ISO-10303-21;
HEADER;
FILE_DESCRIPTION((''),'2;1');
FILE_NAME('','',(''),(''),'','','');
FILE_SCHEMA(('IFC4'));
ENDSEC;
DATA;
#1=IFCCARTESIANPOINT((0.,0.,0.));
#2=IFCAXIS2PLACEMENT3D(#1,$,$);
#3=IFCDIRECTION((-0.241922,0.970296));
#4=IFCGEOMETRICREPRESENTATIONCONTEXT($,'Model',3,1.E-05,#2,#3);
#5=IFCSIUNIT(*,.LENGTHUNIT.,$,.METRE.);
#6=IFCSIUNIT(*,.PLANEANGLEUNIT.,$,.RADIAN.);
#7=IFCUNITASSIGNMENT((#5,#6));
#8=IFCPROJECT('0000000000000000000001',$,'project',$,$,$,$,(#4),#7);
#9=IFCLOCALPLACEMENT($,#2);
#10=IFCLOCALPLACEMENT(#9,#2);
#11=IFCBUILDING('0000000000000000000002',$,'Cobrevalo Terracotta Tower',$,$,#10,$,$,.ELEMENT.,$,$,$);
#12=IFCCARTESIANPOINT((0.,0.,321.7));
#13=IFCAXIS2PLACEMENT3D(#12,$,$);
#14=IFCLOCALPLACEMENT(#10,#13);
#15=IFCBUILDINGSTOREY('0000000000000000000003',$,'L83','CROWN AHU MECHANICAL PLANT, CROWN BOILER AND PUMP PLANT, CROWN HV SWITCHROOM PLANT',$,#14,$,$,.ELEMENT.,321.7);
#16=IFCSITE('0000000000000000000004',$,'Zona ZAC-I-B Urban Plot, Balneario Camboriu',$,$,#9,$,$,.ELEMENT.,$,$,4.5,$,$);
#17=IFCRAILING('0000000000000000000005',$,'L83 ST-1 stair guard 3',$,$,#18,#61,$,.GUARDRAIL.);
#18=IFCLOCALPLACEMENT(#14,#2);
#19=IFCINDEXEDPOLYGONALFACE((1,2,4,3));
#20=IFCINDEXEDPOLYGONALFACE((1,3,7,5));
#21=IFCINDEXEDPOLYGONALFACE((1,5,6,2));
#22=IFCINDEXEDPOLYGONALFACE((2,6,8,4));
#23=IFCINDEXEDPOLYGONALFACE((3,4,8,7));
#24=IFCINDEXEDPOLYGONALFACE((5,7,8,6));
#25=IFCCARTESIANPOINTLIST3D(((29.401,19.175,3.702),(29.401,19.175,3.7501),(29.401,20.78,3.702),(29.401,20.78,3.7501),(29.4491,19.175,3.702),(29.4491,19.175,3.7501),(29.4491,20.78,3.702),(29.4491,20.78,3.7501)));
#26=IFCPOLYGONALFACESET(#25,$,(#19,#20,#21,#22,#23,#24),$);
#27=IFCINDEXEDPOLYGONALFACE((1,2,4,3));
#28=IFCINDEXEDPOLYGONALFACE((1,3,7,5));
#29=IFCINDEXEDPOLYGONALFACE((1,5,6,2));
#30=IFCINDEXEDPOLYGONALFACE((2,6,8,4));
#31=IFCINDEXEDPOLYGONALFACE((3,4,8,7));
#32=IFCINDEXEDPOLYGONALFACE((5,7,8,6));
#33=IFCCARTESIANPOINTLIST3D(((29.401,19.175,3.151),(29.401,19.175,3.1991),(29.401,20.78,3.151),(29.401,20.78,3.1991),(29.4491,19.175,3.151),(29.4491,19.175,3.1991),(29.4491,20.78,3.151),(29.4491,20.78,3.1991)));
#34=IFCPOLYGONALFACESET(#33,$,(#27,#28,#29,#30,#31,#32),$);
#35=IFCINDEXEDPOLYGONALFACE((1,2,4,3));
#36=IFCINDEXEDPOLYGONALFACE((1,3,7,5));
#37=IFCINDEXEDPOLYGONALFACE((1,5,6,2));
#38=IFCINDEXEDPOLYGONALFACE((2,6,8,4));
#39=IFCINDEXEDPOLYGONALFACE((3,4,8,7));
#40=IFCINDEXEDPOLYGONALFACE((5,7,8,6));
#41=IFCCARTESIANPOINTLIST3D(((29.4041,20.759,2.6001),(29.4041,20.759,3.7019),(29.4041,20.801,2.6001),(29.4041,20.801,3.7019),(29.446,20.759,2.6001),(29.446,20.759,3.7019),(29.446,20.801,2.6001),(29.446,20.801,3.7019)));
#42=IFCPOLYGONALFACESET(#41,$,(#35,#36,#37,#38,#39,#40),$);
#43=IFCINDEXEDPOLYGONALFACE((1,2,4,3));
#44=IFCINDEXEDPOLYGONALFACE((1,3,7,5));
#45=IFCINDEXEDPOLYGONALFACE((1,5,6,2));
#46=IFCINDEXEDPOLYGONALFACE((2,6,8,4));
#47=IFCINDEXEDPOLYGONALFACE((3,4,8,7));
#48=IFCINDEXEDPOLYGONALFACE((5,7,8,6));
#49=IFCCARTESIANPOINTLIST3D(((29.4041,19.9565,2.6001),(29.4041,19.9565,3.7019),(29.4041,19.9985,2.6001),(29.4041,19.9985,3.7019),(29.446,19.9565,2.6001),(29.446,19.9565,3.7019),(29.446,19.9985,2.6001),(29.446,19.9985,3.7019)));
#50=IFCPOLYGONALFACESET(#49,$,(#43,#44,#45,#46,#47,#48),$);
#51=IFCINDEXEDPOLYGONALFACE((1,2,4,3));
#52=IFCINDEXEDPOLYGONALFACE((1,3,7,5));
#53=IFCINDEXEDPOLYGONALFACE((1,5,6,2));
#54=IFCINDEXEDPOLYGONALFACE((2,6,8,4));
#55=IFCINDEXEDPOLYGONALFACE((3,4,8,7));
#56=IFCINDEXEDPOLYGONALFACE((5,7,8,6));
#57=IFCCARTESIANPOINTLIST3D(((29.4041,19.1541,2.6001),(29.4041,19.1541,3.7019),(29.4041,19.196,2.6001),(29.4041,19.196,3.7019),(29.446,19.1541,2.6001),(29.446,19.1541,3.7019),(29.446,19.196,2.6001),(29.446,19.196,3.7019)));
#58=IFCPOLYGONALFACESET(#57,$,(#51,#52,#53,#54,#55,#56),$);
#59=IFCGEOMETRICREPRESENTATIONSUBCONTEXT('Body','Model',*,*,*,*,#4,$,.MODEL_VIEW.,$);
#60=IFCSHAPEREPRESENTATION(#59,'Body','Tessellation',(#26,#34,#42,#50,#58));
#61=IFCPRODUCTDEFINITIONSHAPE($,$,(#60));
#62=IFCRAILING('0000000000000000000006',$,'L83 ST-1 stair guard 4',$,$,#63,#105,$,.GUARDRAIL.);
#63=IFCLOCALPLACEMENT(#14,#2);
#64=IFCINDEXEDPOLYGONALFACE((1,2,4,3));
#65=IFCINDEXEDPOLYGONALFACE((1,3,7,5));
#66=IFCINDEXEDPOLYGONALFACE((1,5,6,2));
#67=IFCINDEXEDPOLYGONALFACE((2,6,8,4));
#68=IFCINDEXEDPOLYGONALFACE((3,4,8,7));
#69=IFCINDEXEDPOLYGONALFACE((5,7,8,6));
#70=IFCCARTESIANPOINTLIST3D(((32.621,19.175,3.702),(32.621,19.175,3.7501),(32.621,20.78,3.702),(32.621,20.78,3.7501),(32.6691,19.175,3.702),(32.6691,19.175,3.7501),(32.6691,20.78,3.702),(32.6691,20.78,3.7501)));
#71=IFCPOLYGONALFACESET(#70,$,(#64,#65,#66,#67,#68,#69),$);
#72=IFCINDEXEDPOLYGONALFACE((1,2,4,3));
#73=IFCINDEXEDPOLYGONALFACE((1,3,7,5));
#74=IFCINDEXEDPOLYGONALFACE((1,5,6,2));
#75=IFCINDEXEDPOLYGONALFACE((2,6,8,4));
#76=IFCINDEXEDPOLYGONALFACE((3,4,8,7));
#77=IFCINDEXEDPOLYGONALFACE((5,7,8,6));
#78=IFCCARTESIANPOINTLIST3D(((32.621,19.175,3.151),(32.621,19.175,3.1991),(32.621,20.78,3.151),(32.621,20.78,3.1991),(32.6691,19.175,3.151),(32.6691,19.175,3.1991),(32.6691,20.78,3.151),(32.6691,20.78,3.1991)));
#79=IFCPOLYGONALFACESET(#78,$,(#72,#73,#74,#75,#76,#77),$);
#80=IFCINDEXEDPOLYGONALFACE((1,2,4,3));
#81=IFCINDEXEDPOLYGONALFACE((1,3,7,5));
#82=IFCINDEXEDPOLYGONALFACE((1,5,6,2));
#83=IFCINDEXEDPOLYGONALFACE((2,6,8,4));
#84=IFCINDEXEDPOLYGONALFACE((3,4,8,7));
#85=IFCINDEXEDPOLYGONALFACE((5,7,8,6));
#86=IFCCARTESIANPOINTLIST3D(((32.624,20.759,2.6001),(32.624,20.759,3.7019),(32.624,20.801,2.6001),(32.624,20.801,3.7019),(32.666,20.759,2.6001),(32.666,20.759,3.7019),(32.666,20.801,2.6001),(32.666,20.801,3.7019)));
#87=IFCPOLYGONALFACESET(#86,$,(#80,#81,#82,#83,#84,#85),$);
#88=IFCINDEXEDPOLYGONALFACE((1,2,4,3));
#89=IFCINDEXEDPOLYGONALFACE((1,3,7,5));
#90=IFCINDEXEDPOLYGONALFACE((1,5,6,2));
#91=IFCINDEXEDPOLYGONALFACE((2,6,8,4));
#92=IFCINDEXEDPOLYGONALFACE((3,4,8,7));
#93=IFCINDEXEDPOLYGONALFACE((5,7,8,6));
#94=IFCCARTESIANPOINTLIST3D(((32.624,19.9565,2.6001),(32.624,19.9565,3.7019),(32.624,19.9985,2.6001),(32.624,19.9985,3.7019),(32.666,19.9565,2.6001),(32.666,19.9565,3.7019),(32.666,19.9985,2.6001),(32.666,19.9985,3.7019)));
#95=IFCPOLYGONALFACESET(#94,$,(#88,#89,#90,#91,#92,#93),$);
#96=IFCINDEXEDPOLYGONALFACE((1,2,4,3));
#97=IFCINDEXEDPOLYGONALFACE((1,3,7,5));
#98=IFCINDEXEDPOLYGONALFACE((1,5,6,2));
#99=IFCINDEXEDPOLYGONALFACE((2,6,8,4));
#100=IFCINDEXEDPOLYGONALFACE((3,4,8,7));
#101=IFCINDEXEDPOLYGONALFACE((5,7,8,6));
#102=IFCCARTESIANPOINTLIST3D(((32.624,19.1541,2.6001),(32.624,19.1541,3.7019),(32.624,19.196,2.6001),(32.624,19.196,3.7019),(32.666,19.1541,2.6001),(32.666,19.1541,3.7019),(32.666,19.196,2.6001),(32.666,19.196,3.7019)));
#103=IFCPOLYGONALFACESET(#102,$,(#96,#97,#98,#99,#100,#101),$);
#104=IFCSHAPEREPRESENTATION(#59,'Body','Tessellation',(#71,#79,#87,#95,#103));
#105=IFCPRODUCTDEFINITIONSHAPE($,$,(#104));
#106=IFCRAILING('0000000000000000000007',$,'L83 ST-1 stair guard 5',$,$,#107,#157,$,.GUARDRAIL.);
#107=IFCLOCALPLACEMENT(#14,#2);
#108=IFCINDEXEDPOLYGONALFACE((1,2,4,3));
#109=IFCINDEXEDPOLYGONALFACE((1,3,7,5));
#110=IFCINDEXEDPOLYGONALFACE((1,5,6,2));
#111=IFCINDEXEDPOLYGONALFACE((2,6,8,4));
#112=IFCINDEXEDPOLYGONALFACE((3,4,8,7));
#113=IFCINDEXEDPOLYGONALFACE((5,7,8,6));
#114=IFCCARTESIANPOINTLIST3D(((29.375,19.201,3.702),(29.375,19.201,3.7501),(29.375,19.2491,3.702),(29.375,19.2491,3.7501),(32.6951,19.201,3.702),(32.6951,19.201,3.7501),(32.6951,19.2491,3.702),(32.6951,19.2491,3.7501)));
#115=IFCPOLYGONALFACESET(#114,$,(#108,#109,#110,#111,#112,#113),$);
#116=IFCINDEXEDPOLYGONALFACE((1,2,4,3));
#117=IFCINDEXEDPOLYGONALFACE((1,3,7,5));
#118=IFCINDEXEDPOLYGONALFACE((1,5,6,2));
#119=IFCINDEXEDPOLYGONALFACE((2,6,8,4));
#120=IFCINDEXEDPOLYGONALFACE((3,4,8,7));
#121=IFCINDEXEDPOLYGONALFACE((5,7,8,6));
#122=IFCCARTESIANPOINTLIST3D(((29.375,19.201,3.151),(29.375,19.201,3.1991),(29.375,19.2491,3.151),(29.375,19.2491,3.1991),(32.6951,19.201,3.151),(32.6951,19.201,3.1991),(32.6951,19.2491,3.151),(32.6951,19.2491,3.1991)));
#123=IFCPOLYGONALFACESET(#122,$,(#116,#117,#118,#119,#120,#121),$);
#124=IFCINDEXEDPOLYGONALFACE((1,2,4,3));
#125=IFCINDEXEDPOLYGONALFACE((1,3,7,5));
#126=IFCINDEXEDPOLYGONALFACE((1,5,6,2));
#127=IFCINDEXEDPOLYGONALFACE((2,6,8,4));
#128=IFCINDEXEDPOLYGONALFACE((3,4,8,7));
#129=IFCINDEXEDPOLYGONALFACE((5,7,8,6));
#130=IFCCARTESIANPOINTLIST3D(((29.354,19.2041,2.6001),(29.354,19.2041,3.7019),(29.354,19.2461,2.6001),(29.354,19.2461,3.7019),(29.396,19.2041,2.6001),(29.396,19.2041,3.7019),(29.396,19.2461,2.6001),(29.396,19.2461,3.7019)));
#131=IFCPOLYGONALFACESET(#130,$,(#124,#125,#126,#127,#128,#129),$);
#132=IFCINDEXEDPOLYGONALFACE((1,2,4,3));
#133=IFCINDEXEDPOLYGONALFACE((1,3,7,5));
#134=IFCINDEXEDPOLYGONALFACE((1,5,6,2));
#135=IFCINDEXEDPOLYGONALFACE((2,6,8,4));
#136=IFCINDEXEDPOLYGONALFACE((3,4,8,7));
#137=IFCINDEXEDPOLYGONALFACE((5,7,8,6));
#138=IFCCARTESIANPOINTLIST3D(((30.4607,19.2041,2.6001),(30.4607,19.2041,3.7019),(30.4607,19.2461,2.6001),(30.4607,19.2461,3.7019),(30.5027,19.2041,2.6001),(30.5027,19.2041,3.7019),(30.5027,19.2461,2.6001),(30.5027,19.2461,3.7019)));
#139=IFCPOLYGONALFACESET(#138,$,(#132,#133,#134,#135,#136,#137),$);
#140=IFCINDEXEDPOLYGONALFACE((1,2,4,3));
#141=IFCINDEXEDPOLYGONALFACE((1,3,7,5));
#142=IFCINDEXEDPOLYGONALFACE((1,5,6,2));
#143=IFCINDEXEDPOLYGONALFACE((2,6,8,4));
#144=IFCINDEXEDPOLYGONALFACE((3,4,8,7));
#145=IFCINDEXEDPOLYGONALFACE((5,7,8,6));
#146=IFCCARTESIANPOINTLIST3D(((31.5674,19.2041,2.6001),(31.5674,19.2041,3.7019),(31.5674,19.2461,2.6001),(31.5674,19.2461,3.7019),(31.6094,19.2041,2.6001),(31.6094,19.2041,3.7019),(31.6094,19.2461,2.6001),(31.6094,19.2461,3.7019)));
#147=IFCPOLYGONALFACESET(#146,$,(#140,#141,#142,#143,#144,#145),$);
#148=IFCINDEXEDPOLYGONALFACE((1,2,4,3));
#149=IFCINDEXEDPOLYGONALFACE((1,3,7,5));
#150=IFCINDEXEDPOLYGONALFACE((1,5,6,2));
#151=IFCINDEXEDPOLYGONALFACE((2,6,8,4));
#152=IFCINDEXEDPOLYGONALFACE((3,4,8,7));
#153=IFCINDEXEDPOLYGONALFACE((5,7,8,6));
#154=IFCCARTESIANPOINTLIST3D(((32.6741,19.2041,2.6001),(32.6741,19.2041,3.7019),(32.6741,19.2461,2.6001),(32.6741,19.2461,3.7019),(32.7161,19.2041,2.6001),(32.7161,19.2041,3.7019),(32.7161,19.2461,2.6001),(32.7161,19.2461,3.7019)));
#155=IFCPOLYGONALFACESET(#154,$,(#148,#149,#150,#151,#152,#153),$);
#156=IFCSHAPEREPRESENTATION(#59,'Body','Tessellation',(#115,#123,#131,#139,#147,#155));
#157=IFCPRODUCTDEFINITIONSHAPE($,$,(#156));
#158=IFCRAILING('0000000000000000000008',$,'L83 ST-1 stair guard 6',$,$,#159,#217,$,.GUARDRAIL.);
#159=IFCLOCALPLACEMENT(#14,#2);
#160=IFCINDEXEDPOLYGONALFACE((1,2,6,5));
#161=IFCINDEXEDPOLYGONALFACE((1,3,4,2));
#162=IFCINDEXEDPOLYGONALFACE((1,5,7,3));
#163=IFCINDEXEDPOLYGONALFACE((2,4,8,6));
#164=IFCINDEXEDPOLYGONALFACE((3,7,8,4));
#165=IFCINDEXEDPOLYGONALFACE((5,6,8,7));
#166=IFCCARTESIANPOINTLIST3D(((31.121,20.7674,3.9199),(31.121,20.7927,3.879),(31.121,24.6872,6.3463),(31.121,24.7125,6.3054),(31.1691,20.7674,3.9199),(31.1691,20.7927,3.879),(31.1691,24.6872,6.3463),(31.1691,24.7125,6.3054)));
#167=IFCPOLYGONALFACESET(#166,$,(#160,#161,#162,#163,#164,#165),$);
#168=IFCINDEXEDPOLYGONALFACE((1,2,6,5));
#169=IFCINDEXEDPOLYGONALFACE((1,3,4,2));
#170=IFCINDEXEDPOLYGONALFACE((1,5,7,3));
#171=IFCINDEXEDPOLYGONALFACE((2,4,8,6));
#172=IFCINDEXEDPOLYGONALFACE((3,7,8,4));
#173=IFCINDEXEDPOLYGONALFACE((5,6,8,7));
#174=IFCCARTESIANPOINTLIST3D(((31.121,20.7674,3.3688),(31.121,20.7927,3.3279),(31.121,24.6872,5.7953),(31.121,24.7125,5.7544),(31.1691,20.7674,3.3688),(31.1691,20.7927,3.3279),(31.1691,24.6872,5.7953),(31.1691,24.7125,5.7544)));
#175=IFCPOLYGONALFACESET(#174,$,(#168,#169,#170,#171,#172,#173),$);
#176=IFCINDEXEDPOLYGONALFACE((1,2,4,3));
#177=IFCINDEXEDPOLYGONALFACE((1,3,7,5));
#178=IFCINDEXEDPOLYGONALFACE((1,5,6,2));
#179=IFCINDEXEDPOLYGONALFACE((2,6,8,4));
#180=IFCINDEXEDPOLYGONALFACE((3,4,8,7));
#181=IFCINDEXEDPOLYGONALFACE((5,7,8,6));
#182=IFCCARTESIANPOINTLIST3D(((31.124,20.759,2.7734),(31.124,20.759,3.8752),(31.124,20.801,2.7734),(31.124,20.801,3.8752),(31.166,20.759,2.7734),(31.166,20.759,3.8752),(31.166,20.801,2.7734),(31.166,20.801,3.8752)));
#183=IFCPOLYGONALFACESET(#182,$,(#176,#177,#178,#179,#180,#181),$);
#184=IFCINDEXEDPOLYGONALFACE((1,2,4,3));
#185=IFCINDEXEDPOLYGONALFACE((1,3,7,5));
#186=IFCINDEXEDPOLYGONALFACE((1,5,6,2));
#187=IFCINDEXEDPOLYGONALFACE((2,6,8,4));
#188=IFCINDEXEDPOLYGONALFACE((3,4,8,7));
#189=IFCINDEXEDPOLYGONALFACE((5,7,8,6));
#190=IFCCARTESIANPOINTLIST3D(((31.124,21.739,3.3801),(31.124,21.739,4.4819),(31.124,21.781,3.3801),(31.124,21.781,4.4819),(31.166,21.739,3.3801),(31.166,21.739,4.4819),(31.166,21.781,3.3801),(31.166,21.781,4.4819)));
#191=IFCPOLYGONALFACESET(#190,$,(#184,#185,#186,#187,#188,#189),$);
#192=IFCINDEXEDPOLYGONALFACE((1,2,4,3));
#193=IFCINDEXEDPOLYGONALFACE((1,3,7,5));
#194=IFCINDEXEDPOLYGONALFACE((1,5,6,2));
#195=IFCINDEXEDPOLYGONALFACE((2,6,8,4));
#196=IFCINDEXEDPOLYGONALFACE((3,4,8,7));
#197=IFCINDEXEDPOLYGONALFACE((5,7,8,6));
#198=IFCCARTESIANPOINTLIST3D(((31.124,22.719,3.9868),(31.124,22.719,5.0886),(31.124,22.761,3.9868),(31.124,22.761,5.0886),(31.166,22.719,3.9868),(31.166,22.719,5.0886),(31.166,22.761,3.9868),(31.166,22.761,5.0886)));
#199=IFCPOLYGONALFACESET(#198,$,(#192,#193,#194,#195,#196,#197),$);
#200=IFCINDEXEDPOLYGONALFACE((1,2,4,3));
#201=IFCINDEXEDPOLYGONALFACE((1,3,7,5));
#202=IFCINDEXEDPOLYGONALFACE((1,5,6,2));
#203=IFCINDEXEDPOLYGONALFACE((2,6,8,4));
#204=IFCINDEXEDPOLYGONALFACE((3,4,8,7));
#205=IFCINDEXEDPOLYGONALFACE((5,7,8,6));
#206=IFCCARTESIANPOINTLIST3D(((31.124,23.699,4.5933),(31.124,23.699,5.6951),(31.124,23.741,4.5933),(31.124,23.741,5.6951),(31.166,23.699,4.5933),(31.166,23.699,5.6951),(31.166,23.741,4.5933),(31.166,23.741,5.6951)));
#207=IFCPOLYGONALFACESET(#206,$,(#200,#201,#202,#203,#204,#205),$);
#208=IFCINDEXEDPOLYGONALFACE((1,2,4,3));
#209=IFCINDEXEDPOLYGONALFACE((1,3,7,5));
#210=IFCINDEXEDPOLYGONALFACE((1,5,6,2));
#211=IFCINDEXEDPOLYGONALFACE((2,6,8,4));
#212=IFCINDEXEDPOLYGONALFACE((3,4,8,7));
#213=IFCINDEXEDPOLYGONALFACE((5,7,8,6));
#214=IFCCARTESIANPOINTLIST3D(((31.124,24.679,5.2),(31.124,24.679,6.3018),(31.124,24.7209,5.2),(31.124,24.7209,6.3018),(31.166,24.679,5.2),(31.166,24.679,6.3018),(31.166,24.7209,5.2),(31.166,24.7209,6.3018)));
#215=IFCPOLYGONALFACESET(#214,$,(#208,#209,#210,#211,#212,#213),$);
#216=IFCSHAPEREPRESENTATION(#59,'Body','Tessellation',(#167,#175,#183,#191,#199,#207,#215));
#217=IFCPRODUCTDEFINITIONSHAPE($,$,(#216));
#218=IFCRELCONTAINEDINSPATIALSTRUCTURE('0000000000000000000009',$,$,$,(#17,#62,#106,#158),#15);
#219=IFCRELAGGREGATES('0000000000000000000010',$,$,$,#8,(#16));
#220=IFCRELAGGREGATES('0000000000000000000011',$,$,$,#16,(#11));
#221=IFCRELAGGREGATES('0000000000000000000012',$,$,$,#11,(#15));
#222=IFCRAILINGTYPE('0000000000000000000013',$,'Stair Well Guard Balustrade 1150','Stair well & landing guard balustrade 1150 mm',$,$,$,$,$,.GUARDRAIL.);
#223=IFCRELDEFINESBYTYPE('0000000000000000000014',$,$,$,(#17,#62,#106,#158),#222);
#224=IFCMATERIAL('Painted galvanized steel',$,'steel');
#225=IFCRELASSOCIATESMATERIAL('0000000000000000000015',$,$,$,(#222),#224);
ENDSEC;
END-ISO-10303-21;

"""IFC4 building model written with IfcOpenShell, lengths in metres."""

from ifc_helpers import new_model, si_unit, direction, frame, origin, origin_2d, place, context, subcontext, project, spatial, rectangle, extrude, material, type_object, element, save


model = new_model("IFC4")

# Units and contexts
model_context = context("Model", 3, precision=1e-05, world=origin(), true_north=direction((-0.241922, 0.970296)))
body_context = subcontext(model_context, "Body", "Model", "MODEL_VIEW")
ifc_project = project(units=[si_unit("LENGTHUNIT", "METRE"), si_unit("PLANEANGLEUNIT", "RADIAN")], contexts=[model_context])

# Site, building, storey
site_placement = place(None, origin())
site = spatial("IfcSite", under=ifc_project, at=site_placement, Name="Zona ZAC-I-B Urban Plot, Balneario Camboriu", CompositionType="ELEMENT", RefElevation=4.5)
building_placement = place(site_placement, origin())
building = spatial("IfcBuilding", under=site, at=building_placement, Name="Cobrevalo Terracotta Tower", CompositionType="ELEMENT")
storey_placement = place(building_placement, frame((0.0, 0.0, 321.7)))
storey = spatial("IfcBuildingStorey", under=building, at=storey_placement, Name="L83", Description="CROWN AHU MECHANICAL PLANT, CROWN BOILER AND PUMP PLANT, CROWN HV SWITCHROOM PLANT", CompositionType="ELEMENT", Elevation=321.7)

# Railings
ifc_material_1 = material(Name="Painted galvanized steel", Category="steel")
railing_type_1 = type_object("IfcRailingType", Name="Stair Well Guard Balustrade 1150", Description="Stair well & landing guard balustrade 1150 mm", PredefinedType="GUARDRAIL", material=ifc_material_1)
for number, where, name in (
    (1, (29.425, 20.78, 2.6001), "L83 ST-1 stair guard 3"),
    (2, (32.645, 20.78, 2.6001), "L83 ST-1 stair guard 4"),
):
    element("IfcRailing", number, at=place(storey_placement, frame(where)), inside=storey, type_object=railing_type_1, Name=name, PredefinedType="GUARDRAIL", context=body_context, shape_type="SweptSolid", body=[
        extrude(rectangle(XDim=0.0481, YDim=0.0481, at=origin_2d()), frame((0.0, 0.0, 1.126), z_axis=(0.0, -1.0, 0.0), x_axis=(1.0, 0.0, 0.0)), (0.0, 0.0, 1.0), 1.605),
        extrude(rectangle(XDim=0.0481, YDim=0.0481, at=origin_2d()), frame((0.0, 0.0, 0.575), z_axis=(0.0, -1.0, 0.0), x_axis=(1.0, 0.0, 0.0)), (0.0, 0.0, 1.0), 1.605),
        extrude(rectangle(XDim=0.042, YDim=0.042, at=origin_2d()), origin(), (0.0, 0.0, 1.0), 1.1018),
        extrude(rectangle(XDim=0.042, YDim=0.042, at=origin_2d()), frame((0.0, -0.8025, 0.0)), (0.0, 0.0, 1.0), 1.1018),
        extrude(rectangle(XDim=0.042, YDim=0.042, at=origin_2d()), frame((0.0, -1.605, 0.0)), (0.0, 0.0, 1.0), 1.1018),
    ])
railing_1_placement = place(storey_placement, frame((29.375, 19.2251, 2.6001)))
element("IfcRailing", 3, at=railing_1_placement, inside=storey, type_object=railing_type_1, Name="L83 ST-1 stair guard 5", PredefinedType="GUARDRAIL", context=body_context, shape_type="SweptSolid", body=[
    extrude(rectangle(XDim=0.0481, YDim=0.0481, at=origin_2d()), frame((0.0, 0.0, 1.126), z_axis=(1.0, 0.0, 0.0), x_axis=(0.0, 1.0, 0.0)), (0.0, 0.0, 1.0), 3.3201),
    extrude(rectangle(XDim=0.0481, YDim=0.0481, at=origin_2d()), frame((0.0, 0.0, 0.575), z_axis=(1.0, 0.0, 0.0), x_axis=(0.0, 1.0, 0.0)), (0.0, 0.0, 1.0), 3.3201),
    extrude(rectangle(XDim=0.042, YDim=0.042, at=origin_2d()), origin(), (0.0, 0.0, 1.0), 1.1018),
    extrude(rectangle(XDim=0.042, YDim=0.042, at=origin_2d()), frame((1.1067, 0.0, 0.0)), (0.0, 0.0, 1.0), 1.1018),
    extrude(rectangle(XDim=0.042, YDim=0.042, at=origin_2d()), frame((2.2134, 0.0, 0.0)), (0.0, 0.0, 1.0), 1.1018),
    extrude(rectangle(XDim=0.042, YDim=0.042, at=origin_2d()), frame((3.3201, 0.0, 0.0)), (0.0, 0.0, 1.0), 1.1018),
])
railing_2_placement = place(storey_placement, frame((31.145, 20.78, 2.7734)))
element("IfcRailing", 4, at=railing_2_placement, inside=storey, type_object=railing_type_1, Name="L83 ST-1 stair guard 6", PredefinedType="GUARDRAIL", context=body_context, shape_type="SweptSolid", body=[
    extrude(rectangle(XDim=0.0481, YDim=0.0481, at=origin_2d()), frame((0.0, 0.0, 1.126), z_axis=(0.0, 0.850275, 0.526338), x_axis=(-1.0, 0.0, 0.0)), (0.0, 0.0, 1.0), 4.6101),
    extrude(rectangle(XDim=0.0481, YDim=0.0481, at=origin_2d()), frame((0.0, 0.0, 0.575), z_axis=(0.0, 0.850275, 0.526338), x_axis=(-1.0, 0.0, 0.0)), (0.0, 0.0, 1.0), 4.6101),
    extrude(rectangle(XDim=0.042, YDim=0.042, at=origin_2d()), origin(), (0.0, 0.0, 1.0), 1.1018),
    extrude(rectangle(XDim=0.042, YDim=0.042, at=origin_2d()), frame((0.0, 0.98, 0.6067)), (0.0, 0.0, 1.0), 1.1018),
    extrude(rectangle(XDim=0.042, YDim=0.042, at=origin_2d()), frame((0.0, 1.96, 1.2134)), (0.0, 0.0, 1.0), 1.1018),
    extrude(rectangle(XDim=0.042, YDim=0.042, at=origin_2d()), frame((0.0, 2.9399, 1.8198)), (0.0, 0.0, 1.0), 1.1018),
    extrude(rectangle(XDim=0.042, YDim=0.042, at=origin_2d()), frame((0.0, 3.9199, 2.4265)), (0.0, 0.0, 1.0), 1.1018),
])

save(model, "model.ifc")
